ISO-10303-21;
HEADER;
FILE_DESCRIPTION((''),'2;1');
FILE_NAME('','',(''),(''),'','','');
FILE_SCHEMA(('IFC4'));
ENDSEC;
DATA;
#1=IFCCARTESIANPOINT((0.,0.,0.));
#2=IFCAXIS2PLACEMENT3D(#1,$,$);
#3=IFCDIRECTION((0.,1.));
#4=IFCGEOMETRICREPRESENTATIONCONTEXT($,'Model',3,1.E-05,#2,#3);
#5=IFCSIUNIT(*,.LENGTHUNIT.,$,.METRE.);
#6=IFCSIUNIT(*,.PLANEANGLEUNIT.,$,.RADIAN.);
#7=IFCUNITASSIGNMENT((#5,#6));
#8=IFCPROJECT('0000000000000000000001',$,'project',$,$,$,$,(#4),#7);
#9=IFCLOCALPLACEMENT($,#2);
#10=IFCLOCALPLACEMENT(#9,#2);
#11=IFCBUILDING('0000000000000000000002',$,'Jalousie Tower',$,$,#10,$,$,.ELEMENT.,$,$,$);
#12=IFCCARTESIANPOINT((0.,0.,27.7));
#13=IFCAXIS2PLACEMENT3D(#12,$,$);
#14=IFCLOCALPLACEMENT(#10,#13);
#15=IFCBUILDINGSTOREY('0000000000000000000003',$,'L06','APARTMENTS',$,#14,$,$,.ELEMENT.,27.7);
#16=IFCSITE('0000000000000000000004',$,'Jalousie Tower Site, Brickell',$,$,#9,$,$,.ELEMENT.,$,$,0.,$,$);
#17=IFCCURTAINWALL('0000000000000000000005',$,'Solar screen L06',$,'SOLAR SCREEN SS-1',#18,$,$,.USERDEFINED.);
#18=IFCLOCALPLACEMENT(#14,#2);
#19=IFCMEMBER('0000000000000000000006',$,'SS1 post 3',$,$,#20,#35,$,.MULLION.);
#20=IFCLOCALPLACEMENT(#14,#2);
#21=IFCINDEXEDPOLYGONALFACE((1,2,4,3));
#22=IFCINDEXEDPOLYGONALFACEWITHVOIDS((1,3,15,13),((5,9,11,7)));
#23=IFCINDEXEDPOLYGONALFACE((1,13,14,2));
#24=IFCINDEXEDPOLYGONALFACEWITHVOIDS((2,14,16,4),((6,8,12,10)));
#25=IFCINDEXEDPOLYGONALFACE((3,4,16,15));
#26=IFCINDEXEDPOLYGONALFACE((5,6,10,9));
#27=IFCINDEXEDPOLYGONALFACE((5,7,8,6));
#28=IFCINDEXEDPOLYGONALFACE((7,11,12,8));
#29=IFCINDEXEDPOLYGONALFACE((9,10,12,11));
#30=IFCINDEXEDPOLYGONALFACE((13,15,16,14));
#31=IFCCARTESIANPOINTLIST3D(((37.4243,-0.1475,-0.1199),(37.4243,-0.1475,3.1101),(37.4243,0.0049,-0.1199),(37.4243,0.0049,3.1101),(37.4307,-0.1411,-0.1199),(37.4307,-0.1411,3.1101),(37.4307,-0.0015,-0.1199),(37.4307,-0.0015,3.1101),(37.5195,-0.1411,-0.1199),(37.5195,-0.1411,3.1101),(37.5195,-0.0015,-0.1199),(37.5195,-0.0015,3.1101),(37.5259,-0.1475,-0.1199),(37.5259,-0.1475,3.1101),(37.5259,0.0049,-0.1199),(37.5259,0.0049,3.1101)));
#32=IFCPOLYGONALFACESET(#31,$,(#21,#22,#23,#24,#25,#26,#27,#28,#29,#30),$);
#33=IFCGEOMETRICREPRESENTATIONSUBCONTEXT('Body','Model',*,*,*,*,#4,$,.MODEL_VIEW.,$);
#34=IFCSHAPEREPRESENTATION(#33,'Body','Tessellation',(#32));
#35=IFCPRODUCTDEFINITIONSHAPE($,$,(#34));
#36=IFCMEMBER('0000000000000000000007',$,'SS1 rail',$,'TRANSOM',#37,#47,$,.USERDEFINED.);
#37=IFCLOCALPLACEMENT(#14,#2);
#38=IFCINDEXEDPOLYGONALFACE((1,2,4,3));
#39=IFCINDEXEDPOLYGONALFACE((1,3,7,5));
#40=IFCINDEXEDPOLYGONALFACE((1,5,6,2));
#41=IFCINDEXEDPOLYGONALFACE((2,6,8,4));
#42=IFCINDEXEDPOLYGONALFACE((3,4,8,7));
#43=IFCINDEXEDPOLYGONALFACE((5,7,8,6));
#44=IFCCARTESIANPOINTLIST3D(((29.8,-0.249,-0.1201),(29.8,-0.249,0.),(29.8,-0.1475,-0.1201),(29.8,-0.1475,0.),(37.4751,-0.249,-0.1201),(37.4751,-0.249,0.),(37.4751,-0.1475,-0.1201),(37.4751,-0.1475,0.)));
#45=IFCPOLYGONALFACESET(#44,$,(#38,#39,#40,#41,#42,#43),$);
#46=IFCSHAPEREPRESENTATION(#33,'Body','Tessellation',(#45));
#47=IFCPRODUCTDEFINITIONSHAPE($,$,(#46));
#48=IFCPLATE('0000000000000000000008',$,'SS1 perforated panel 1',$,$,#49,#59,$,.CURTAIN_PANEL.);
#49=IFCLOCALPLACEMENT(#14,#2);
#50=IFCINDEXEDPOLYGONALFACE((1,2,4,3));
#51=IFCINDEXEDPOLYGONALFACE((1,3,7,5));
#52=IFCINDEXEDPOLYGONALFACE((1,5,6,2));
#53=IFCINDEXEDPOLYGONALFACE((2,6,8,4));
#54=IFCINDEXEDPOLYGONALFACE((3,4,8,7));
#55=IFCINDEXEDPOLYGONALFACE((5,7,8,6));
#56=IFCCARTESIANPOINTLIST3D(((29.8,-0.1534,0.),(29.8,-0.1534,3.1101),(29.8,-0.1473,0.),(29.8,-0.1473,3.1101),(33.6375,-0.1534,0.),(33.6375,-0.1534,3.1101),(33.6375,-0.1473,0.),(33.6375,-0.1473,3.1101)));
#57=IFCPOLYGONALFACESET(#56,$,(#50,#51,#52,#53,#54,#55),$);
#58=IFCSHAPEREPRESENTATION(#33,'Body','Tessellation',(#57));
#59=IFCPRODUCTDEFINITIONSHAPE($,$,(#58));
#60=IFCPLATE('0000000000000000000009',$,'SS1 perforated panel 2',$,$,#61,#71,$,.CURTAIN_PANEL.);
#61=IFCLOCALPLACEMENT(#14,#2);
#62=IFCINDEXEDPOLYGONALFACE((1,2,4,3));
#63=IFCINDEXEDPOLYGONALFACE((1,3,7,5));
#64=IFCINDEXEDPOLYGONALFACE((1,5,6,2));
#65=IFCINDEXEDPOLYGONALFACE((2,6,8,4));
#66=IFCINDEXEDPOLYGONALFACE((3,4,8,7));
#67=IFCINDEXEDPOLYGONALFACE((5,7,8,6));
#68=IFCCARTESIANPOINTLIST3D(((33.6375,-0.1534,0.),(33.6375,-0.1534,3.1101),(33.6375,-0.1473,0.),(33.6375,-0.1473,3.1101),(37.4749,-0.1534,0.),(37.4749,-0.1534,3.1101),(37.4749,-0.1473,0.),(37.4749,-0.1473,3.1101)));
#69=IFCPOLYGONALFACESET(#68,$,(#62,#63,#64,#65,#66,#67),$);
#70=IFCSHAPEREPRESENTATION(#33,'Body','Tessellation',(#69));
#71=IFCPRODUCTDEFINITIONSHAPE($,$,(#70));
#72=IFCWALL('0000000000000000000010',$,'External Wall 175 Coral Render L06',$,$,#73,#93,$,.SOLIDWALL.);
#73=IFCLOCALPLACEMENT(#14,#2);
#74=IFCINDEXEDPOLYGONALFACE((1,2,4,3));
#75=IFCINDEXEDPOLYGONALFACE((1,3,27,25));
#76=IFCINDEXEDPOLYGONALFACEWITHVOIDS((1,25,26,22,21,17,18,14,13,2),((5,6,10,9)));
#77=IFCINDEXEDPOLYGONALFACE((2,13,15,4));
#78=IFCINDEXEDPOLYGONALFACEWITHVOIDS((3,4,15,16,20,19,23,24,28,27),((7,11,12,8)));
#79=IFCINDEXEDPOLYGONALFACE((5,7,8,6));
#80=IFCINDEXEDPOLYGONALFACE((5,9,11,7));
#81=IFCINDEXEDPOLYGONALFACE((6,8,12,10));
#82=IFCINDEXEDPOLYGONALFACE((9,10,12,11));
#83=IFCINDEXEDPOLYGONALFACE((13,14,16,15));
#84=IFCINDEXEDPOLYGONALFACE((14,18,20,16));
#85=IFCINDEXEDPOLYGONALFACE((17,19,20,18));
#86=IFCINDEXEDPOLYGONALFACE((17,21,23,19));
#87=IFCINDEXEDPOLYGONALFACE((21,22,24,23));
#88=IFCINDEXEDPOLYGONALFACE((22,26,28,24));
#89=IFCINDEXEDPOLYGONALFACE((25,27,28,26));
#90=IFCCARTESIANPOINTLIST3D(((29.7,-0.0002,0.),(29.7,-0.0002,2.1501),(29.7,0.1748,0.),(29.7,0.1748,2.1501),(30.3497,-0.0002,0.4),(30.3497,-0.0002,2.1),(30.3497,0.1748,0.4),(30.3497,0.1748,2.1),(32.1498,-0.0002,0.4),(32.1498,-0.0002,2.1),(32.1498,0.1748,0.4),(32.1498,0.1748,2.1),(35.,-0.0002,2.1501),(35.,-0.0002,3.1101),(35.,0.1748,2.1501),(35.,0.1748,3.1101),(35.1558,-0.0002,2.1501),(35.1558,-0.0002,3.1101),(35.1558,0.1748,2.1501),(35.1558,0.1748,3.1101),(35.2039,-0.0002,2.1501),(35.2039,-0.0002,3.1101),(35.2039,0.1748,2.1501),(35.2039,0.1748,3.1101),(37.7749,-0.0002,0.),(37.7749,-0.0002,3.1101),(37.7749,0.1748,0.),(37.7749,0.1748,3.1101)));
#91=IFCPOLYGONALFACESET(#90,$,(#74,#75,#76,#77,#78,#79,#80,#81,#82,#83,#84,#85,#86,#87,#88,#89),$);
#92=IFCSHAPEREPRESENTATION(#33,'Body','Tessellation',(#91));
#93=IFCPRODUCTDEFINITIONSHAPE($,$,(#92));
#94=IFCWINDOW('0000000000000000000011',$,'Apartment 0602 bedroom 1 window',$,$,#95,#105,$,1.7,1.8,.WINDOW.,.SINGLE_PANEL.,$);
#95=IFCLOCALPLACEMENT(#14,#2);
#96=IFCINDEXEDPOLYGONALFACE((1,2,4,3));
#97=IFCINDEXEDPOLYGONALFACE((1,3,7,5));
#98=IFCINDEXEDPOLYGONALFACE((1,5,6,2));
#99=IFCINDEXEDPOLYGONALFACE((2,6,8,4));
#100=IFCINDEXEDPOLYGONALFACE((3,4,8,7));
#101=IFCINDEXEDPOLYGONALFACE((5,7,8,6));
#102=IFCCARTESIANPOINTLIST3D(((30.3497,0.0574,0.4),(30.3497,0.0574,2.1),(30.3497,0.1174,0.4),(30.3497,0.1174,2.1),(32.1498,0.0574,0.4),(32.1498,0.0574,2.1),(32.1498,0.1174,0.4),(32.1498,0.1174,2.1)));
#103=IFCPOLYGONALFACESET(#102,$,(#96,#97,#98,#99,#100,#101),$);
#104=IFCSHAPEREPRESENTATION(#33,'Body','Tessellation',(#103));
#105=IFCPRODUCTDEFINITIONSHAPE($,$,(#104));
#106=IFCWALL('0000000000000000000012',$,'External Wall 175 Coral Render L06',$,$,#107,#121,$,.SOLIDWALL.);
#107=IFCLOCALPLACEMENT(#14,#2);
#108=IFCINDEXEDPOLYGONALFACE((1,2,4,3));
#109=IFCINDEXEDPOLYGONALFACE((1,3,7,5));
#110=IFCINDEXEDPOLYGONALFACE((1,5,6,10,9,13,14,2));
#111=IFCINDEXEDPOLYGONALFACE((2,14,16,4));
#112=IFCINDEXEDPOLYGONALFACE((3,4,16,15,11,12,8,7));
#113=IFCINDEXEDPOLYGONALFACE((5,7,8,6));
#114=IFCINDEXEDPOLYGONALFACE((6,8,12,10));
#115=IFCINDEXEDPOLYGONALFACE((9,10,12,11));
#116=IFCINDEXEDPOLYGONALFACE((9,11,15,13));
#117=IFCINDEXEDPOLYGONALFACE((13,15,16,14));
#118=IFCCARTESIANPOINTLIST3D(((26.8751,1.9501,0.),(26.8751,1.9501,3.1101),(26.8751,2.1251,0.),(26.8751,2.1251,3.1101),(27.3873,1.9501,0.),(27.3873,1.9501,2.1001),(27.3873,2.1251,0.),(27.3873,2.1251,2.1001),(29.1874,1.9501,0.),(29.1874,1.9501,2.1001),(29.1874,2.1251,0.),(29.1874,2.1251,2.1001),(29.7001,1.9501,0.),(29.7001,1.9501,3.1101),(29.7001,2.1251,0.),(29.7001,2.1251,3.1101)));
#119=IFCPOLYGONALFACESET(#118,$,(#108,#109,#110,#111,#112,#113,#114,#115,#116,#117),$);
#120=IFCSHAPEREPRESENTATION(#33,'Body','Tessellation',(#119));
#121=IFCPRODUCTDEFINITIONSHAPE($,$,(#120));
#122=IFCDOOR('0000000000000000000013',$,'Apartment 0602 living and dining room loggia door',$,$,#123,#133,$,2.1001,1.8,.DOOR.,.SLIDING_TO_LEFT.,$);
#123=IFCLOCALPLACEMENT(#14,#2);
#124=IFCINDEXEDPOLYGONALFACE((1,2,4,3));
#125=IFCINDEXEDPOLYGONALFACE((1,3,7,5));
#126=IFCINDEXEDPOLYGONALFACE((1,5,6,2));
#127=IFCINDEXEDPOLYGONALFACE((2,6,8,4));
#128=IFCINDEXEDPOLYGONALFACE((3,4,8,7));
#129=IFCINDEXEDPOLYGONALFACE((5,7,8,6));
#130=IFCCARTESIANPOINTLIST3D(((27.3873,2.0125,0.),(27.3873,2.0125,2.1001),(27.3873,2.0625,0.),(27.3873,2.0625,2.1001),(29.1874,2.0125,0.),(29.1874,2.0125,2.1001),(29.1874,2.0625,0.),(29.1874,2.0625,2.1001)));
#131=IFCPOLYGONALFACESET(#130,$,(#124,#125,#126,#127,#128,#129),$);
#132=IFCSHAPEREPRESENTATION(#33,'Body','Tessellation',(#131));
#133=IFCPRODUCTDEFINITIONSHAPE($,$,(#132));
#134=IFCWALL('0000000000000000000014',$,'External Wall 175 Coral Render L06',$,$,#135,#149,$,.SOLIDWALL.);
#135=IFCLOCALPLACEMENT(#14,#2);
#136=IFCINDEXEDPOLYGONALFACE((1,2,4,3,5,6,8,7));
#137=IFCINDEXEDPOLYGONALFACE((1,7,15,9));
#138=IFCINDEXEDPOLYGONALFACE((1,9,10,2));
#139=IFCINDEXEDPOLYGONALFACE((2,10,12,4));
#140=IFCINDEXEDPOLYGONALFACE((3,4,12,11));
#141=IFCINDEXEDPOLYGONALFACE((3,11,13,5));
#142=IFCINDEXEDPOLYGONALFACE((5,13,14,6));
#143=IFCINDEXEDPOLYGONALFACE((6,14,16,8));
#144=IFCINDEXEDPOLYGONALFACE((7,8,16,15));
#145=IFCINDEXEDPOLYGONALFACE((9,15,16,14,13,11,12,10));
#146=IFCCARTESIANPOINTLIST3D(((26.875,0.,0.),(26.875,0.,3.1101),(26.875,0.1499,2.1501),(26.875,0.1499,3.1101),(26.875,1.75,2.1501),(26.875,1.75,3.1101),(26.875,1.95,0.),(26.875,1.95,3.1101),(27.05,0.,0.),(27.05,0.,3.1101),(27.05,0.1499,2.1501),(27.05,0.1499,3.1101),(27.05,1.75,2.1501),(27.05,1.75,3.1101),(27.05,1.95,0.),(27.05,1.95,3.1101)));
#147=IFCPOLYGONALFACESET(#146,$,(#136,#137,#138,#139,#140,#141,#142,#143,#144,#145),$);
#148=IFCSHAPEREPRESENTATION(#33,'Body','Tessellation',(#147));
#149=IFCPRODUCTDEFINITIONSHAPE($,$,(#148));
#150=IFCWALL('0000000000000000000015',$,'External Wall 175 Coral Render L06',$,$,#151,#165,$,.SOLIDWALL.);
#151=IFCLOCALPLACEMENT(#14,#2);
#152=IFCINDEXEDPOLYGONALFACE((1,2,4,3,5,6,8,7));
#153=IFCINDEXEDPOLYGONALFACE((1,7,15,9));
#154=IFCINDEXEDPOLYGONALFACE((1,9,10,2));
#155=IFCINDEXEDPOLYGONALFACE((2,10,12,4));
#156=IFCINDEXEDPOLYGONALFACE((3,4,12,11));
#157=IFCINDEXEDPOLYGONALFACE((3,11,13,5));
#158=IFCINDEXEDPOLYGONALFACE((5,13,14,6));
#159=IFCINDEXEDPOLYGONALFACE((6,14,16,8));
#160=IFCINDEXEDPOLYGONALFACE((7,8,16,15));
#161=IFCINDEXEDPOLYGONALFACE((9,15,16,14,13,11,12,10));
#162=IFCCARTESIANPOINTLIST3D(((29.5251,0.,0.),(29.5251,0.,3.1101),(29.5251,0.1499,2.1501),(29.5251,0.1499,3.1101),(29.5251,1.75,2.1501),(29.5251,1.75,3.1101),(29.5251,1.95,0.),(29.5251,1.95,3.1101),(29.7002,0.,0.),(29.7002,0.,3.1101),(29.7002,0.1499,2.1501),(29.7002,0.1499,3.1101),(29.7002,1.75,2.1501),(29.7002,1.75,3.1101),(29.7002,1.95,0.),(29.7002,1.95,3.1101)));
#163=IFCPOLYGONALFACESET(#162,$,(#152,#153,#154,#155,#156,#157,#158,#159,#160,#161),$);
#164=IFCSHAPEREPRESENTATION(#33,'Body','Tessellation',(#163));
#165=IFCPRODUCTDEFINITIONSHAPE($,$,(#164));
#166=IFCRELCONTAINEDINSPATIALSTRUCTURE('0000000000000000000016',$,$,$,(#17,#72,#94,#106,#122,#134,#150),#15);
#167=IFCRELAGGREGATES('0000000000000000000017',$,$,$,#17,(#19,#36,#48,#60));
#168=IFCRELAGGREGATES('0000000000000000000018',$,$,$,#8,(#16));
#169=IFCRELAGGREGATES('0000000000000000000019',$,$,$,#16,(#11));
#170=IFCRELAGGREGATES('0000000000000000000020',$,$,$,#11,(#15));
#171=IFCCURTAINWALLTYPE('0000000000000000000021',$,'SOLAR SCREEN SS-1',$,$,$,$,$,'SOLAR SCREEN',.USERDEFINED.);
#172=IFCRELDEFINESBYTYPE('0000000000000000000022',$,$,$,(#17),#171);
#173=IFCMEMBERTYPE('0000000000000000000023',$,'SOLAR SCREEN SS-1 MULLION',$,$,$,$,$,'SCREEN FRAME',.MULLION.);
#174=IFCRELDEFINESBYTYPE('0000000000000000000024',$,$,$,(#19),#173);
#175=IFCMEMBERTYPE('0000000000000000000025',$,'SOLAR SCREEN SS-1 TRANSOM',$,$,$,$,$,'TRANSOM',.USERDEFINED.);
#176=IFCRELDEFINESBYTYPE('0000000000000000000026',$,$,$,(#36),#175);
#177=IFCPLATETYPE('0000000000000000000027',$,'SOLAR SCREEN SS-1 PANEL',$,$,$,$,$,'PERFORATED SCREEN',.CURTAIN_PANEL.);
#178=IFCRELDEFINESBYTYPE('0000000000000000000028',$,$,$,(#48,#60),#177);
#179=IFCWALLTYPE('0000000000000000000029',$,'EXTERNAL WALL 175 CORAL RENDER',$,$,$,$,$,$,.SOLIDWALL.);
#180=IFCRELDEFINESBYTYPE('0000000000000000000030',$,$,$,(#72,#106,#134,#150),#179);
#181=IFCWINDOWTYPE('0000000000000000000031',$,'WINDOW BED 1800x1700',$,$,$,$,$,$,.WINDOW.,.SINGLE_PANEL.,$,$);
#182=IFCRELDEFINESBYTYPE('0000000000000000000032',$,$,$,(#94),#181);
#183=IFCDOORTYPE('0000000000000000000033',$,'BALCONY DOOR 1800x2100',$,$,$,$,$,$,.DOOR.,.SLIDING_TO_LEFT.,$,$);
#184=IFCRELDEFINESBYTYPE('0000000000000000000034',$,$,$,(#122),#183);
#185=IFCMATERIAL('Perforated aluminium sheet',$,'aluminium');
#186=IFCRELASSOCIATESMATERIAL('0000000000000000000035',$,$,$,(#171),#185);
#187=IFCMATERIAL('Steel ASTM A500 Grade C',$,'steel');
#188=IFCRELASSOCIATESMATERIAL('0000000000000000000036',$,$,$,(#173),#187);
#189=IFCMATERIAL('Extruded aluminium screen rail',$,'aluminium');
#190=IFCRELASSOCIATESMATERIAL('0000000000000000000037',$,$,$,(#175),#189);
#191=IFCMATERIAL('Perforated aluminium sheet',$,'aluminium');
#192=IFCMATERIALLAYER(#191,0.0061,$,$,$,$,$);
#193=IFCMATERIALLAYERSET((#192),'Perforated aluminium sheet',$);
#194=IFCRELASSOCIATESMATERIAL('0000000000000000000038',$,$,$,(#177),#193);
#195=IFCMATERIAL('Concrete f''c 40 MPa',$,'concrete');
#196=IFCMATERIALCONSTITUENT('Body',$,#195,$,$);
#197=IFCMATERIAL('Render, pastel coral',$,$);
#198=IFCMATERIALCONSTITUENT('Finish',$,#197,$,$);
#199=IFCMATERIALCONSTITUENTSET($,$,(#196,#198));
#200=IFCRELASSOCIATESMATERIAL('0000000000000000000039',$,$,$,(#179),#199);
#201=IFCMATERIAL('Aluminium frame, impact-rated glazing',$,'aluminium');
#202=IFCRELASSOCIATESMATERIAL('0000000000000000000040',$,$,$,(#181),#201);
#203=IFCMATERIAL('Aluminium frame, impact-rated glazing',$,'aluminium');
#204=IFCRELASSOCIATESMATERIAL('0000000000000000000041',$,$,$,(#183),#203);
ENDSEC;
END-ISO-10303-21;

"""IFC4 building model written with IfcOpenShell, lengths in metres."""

from ifc_helpers import new_model, si_unit, direction, frame, frame_2d, origin, origin_2d, place, context, subcontext, project, spatial, polyline, rectangle, hollow_rectangle, outline, extrude, material, layer, layer_set, constituent, constituent_set, material_profile, profile_set, type_object, element, fill, aggregate, save


model = new_model("IFC4")

# Units and contexts
model_context = context("Model", 3, precision=1e-05, world=origin(), true_north=direction((0.0, 1.0)))
body_context = subcontext(model_context, "Body", "Model", "MODEL_VIEW")
ifc_project = project(units=[si_unit("LENGTHUNIT", "METRE"), si_unit("PLANEANGLEUNIT", "RADIAN")], contexts=[model_context])

# Site, building, storey
site_placement = place(None, origin())
site = spatial("IfcSite", under=ifc_project, at=site_placement, Name="Jalousie Tower Site, Brickell", CompositionType="ELEMENT", RefElevation=0.0)
building_placement = place(site_placement, origin())
building = spatial("IfcBuilding", under=site, at=building_placement, Name="Jalousie Tower", CompositionType="ELEMENT")
storey_placement = place(building_placement, frame((0.0, 0.0, 27.7)))
storey = spatial("IfcBuildingStorey", under=building, at=storey_placement, Name="L06", Description="APARTMENTS", CompositionType="ELEMENT", Elevation=27.7)

# Shared definitions
ifc_material_1 = material(Name="Perforated aluminium sheet", Category="aluminium")
curtain_wall_type = type_object("IfcCurtainWallType", Name="SOLAR SCREEN SS-1", ElementType="SOLAR SCREEN", PredefinedType="USERDEFINED", material=ifc_material_1)
ifc_material_2 = material(Name="Steel ASTM A500 Grade C", Category="steel")
ifc_material_profile_1 = material_profile(ifc_material_2, hollow_rectangle(XDim=0.1016, YDim=0.1523, WallThickness=0.0063, at=origin_2d()), Name="HSS6X4X1/4")
ifc_profile_set_1 = profile_set([ifc_material_profile_1], Name="Steel ASTM A500 Grade C")
member_type_1 = type_object("IfcMemberType", Name="SOLAR SCREEN SS-1 MULLION", ElementType="SCREEN FRAME", PredefinedType="MULLION", material=ifc_profile_set_1)

# Curtain wall, members, plates
curtain_wall_1_placement = place(storey_placement, origin())
curtain_wall_1 = element("IfcCurtainWall", 1, at=curtain_wall_1_placement, inside=storey, type_object=curtain_wall_type, Name="Solar screen L06", ObjectType="SOLAR SCREEN SS-1", PredefinedType="USERDEFINED")
member_1_placement = place(storey_placement, frame((37.4751, -0.0713, -0.1199), z_axis=(0.0, 0.0, 1.0), x_axis=(1.0, 0.0, 0.0)))
member_1 = element("IfcMember", 2, at=member_1_placement, type_object=member_type_1, Name="SS1 post 3", PredefinedType="MULLION", context=body_context, shape_type="SweptSolid", body=[
    extrude(hollow_rectangle(XDim=0.1016, YDim=0.1523, WallThickness=0.0063, at=origin_2d()), origin(), (0.0, 0.0, 1.0), 3.23),
])
ifc_material_3 = material(Name="Extruded aluminium screen rail", Category="aluminium")
ifc_material_profile_2 = material_profile(ifc_material_3, rectangle(XDim=0.1016, YDim=0.1201, at=origin_2d()), Name="RAIL 102x120")
ifc_profile_set_2 = profile_set([ifc_material_profile_2], Name="Extruded aluminium screen rail")
member_type_2 = type_object("IfcMemberType", Name="SOLAR SCREEN SS-1 TRANSOM", ElementType="TRANSOM", PredefinedType="USERDEFINED", material=ifc_profile_set_2)
member_2_placement = place(storey_placement, frame((29.8, -0.1982, -0.0601), z_axis=(1.0, 0.0, 0.0), x_axis=(0.0, 1.0, 0.0)))
member_2 = element("IfcMember", 3, at=member_2_placement, type_object=member_type_2, Name="SS1 rail", ObjectType="TRANSOM", PredefinedType="USERDEFINED", context=body_context, shape_type="SweptSolid", body=[
    extrude(rectangle(XDim=0.1016, YDim=0.1201, at=origin_2d()), origin(), (0.0, 0.0, 1.0), 7.675),
])
ifc_material_4 = material(Name="Perforated aluminium sheet", Category="aluminium")
ifc_layer_1 = layer(ifc_material_4, 0.0061)
ifc_layer_set_1 = layer_set([ifc_layer_1], Name="Perforated aluminium sheet")
plate_type = type_object("IfcPlateType", Name="SOLAR SCREEN SS-1 PANEL", ElementType="PERFORATED SCREEN", PredefinedType="CURTAIN_PANEL", material=ifc_layer_set_1)
plate_1_placement = place(storey_placement, frame((31.7188, -0.1504, 0.0), z_axis=(0.0, 0.0, 1.0), x_axis=(1.0, 0.0, 0.0)))
plate_1 = element("IfcPlate", 4, at=plate_1_placement, type_object=plate_type, Name="SS1 perforated panel 1", PredefinedType="CURTAIN_PANEL", context=body_context, shape_type="SweptSolid", body=[
    extrude(rectangle(XDim=3.8374, YDim=0.0061, at=origin_2d()), origin(), (0.0, 0.0, 1.0), 3.1101),
])
plate_2_placement = place(storey_placement, frame((35.5562, -0.1504, 0.0), z_axis=(0.0, 0.0, 1.0), x_axis=(1.0, 0.0, 0.0)))
plate_2 = element("IfcPlate", 5, at=plate_2_placement, type_object=plate_type, Name="SS1 perforated panel 2", PredefinedType="CURTAIN_PANEL", context=body_context, shape_type="SweptSolid", body=[
    extrude(rectangle(XDim=3.8374, YDim=0.0061, at=origin_2d()), origin(), (0.0, 0.0, 1.0), 3.1101),
])
aggregate(curtain_wall_1, [member_1, member_2, plate_1, plate_2])

# Wall, opening, window
ifc_material_5 = material(Name="Concrete f'c 40 MPa", Category="concrete")
ifc_constituent_1 = constituent(ifc_material_5, Name="Body")
ifc_material_6 = material(Name="Render, pastel coral")
ifc_constituent_2 = constituent(ifc_material_6, Name="Finish")
ifc_constituent_set_1 = constituent_set(constituents=[ifc_constituent_1, ifc_constituent_2])
wall_type_1 = type_object("IfcWallType", Name="EXTERNAL WALL 175 CORAL RENDER", PredefinedType="SOLIDWALL", material=ifc_constituent_set_1)
wall_1_placement = place(storey_placement, frame((29.7, 0.0874, 0.0), z_axis=(0.0, 0.0, 1.0), x_axis=(1.0, 0.0, 0.0)))
wall_1 = element("IfcWall", 6, at=wall_1_placement, inside=storey, type_object=wall_type_1, Name="External Wall 175 Coral Render L06", PredefinedType="SOLIDWALL", context=body_context, shape_type="SweptSolid", body=[
    extrude(outline(polyline([(0.0, 0.0), (8.075, 0.0), (8.075, 3.1101), (5.5039, 3.1101), (5.5039, 2.1501), (5.4558, 2.1501), (5.4558, 3.1101), (5.3, 3.1101), (5.3, 2.1501), (0.0, 2.1501), (0.0, 0.0)])), frame((0.0, 0.0874, 0.0), z_axis=(0.0, -1.0, 0.0), x_axis=(1.0, 0.0, 0.0)), (0.0, 0.0, 1.0), 0.175),
])
opening_1_placement = place(wall_1_placement, frame((0.6499, 0.0, 0.3999)))
opening_1 = element("IfcOpeningElement", 7, at=opening_1_placement, cuts=wall_1, PredefinedType="OPENING", context=body_context, shape_type="SweptSolid", body=[
    extrude(rectangle(XDim=1.8, YDim=1.7, at=frame_2d((0.8999, 0.8501))), frame((0.0, 0.0974, 0.0), z_axis=(0.0, -1.0, 0.0), x_axis=(1.0, 0.0, 0.0)), (0.0, 0.0, 1.0), 0.1951),
])
ifc_material_7 = material(Name="Aluminium frame, impact-rated glazing", Category="aluminium")
window_type = type_object("IfcWindowType", Name="WINDOW BED 1800x1700", PartitioningType="SINGLE_PANEL", PredefinedType="WINDOW", material=ifc_material_7)
window_placement = place(opening_1_placement, origin())
window = element("IfcWindow", 8, at=window_placement, inside=storey, type_object=window_type, Name="Apartment 0602 bedroom 1 window", OverallHeight=1.7, OverallWidth=1.8, PartitioningType="SINGLE_PANEL", PredefinedType="WINDOW", context=body_context, shape_type="SweptSolid", body=[
    extrude(rectangle(XDim=1.8, YDim=1.7, at=frame_2d((0.8999, 0.8501))), frame((0.0, 0.03, 0.0), z_axis=(0.0, -1.0, 0.0), x_axis=(1.0, 0.0, 0.0)), (0.0, 0.0, 1.0), 0.0601),
])
fill(opening_1, window)

# Wall, opening, door
wall_2_placement = place(storey_placement, frame((26.875, 2.0376, 0.0), z_axis=(0.0, 0.0, 1.0), x_axis=(1.0, 0.0, 0.0)))
wall_2 = element("IfcWall", 9, at=wall_2_placement, inside=storey, type_object=wall_type_1, Name="External Wall 175 Coral Render L06", PredefinedType="SOLIDWALL", context=body_context, shape_type="SweptSolid", body=[
    extrude(rectangle(XDim=2.825, YDim=0.175, at=frame_2d((1.4126, 0.0))), origin(), (0.0, 0.0, 1.0), 3.1101),
])
opening_2_placement = place(wall_2_placement, frame((0.5125, 0.0, 0.0)))
opening_2 = element("IfcOpeningElement", 10, at=opening_2_placement, cuts=wall_2, PredefinedType="OPENING", context=body_context, shape_type="SweptSolid", body=[
    extrude(rectangle(XDim=1.8, YDim=2.1001, at=frame_2d((0.8999, 1.05))), frame((0.0, 0.0974, 0.0), z_axis=(0.0, -1.0, 0.0), x_axis=(1.0, 0.0, 0.0)), (0.0, 0.0, 1.0), 0.1951),
])
ifc_material_8 = material(Name="Aluminium frame, impact-rated glazing", Category="aluminium")
door_type_1 = type_object("IfcDoorType", Name="BALCONY DOOR 1800x2100", OperationType="SLIDING_TO_LEFT", PredefinedType="DOOR", material=ifc_material_8)
door_1_placement = place(opening_2_placement, origin())
door_1 = element("IfcDoor", 11, at=door_1_placement, inside=storey, type_object=door_type_1, Name="Apartment 0602 living and dining room loggia door", OperationType="SLIDING_TO_LEFT", OverallHeight=2.1001, OverallWidth=1.8, PredefinedType="DOOR", context=body_context, shape_type="SweptSolid", body=[
    extrude(rectangle(XDim=1.8, YDim=2.1001, at=frame_2d((0.8999, 1.05))), frame((0.0, 0.0249, 0.0), z_axis=(0.0, -1.0, 0.0), x_axis=(1.0, 0.0, 0.0)), (0.0, 0.0, 1.0), 0.05),
])
fill(opening_2, door_1)

# Walls
for number, where, z_axis, x_axis, name in (
    (12, (26.9624, 0.0, 0.0), (0.0, 0.0, 1.0), (0.0, 1.0, 0.0), "External Wall 175 Coral Render L06"),
    (13, (29.6125, 0.0, 0.0), (0.0, 0.0, 1.0), (0.0, 1.0, 0.0), "External Wall 175 Coral Render L06"),
):
    element("IfcWall", number, at=place(storey_placement, frame(where, z_axis=z_axis, x_axis=x_axis)), inside=storey, type_object=wall_type_1, Name=name, PredefinedType="SOLIDWALL", context=body_context, shape_type="SweptSolid", body=[
        extrude(outline(polyline([(0.0, 0.0), (1.95, 0.0), (1.95, 3.1101), (1.75, 3.1101), (1.75, 2.1501), (0.1499, 2.1501), (0.1499, 3.1101), (0.0, 3.1101), (0.0, 0.0)])), frame((0.0, 0.0874, 0.0), z_axis=(0.0, -1.0, 0.0), x_axis=(1.0, 0.0, 0.0)), (0.0, 0.0, 1.0), 0.175),
    ])

save(model, "model.ifc")
